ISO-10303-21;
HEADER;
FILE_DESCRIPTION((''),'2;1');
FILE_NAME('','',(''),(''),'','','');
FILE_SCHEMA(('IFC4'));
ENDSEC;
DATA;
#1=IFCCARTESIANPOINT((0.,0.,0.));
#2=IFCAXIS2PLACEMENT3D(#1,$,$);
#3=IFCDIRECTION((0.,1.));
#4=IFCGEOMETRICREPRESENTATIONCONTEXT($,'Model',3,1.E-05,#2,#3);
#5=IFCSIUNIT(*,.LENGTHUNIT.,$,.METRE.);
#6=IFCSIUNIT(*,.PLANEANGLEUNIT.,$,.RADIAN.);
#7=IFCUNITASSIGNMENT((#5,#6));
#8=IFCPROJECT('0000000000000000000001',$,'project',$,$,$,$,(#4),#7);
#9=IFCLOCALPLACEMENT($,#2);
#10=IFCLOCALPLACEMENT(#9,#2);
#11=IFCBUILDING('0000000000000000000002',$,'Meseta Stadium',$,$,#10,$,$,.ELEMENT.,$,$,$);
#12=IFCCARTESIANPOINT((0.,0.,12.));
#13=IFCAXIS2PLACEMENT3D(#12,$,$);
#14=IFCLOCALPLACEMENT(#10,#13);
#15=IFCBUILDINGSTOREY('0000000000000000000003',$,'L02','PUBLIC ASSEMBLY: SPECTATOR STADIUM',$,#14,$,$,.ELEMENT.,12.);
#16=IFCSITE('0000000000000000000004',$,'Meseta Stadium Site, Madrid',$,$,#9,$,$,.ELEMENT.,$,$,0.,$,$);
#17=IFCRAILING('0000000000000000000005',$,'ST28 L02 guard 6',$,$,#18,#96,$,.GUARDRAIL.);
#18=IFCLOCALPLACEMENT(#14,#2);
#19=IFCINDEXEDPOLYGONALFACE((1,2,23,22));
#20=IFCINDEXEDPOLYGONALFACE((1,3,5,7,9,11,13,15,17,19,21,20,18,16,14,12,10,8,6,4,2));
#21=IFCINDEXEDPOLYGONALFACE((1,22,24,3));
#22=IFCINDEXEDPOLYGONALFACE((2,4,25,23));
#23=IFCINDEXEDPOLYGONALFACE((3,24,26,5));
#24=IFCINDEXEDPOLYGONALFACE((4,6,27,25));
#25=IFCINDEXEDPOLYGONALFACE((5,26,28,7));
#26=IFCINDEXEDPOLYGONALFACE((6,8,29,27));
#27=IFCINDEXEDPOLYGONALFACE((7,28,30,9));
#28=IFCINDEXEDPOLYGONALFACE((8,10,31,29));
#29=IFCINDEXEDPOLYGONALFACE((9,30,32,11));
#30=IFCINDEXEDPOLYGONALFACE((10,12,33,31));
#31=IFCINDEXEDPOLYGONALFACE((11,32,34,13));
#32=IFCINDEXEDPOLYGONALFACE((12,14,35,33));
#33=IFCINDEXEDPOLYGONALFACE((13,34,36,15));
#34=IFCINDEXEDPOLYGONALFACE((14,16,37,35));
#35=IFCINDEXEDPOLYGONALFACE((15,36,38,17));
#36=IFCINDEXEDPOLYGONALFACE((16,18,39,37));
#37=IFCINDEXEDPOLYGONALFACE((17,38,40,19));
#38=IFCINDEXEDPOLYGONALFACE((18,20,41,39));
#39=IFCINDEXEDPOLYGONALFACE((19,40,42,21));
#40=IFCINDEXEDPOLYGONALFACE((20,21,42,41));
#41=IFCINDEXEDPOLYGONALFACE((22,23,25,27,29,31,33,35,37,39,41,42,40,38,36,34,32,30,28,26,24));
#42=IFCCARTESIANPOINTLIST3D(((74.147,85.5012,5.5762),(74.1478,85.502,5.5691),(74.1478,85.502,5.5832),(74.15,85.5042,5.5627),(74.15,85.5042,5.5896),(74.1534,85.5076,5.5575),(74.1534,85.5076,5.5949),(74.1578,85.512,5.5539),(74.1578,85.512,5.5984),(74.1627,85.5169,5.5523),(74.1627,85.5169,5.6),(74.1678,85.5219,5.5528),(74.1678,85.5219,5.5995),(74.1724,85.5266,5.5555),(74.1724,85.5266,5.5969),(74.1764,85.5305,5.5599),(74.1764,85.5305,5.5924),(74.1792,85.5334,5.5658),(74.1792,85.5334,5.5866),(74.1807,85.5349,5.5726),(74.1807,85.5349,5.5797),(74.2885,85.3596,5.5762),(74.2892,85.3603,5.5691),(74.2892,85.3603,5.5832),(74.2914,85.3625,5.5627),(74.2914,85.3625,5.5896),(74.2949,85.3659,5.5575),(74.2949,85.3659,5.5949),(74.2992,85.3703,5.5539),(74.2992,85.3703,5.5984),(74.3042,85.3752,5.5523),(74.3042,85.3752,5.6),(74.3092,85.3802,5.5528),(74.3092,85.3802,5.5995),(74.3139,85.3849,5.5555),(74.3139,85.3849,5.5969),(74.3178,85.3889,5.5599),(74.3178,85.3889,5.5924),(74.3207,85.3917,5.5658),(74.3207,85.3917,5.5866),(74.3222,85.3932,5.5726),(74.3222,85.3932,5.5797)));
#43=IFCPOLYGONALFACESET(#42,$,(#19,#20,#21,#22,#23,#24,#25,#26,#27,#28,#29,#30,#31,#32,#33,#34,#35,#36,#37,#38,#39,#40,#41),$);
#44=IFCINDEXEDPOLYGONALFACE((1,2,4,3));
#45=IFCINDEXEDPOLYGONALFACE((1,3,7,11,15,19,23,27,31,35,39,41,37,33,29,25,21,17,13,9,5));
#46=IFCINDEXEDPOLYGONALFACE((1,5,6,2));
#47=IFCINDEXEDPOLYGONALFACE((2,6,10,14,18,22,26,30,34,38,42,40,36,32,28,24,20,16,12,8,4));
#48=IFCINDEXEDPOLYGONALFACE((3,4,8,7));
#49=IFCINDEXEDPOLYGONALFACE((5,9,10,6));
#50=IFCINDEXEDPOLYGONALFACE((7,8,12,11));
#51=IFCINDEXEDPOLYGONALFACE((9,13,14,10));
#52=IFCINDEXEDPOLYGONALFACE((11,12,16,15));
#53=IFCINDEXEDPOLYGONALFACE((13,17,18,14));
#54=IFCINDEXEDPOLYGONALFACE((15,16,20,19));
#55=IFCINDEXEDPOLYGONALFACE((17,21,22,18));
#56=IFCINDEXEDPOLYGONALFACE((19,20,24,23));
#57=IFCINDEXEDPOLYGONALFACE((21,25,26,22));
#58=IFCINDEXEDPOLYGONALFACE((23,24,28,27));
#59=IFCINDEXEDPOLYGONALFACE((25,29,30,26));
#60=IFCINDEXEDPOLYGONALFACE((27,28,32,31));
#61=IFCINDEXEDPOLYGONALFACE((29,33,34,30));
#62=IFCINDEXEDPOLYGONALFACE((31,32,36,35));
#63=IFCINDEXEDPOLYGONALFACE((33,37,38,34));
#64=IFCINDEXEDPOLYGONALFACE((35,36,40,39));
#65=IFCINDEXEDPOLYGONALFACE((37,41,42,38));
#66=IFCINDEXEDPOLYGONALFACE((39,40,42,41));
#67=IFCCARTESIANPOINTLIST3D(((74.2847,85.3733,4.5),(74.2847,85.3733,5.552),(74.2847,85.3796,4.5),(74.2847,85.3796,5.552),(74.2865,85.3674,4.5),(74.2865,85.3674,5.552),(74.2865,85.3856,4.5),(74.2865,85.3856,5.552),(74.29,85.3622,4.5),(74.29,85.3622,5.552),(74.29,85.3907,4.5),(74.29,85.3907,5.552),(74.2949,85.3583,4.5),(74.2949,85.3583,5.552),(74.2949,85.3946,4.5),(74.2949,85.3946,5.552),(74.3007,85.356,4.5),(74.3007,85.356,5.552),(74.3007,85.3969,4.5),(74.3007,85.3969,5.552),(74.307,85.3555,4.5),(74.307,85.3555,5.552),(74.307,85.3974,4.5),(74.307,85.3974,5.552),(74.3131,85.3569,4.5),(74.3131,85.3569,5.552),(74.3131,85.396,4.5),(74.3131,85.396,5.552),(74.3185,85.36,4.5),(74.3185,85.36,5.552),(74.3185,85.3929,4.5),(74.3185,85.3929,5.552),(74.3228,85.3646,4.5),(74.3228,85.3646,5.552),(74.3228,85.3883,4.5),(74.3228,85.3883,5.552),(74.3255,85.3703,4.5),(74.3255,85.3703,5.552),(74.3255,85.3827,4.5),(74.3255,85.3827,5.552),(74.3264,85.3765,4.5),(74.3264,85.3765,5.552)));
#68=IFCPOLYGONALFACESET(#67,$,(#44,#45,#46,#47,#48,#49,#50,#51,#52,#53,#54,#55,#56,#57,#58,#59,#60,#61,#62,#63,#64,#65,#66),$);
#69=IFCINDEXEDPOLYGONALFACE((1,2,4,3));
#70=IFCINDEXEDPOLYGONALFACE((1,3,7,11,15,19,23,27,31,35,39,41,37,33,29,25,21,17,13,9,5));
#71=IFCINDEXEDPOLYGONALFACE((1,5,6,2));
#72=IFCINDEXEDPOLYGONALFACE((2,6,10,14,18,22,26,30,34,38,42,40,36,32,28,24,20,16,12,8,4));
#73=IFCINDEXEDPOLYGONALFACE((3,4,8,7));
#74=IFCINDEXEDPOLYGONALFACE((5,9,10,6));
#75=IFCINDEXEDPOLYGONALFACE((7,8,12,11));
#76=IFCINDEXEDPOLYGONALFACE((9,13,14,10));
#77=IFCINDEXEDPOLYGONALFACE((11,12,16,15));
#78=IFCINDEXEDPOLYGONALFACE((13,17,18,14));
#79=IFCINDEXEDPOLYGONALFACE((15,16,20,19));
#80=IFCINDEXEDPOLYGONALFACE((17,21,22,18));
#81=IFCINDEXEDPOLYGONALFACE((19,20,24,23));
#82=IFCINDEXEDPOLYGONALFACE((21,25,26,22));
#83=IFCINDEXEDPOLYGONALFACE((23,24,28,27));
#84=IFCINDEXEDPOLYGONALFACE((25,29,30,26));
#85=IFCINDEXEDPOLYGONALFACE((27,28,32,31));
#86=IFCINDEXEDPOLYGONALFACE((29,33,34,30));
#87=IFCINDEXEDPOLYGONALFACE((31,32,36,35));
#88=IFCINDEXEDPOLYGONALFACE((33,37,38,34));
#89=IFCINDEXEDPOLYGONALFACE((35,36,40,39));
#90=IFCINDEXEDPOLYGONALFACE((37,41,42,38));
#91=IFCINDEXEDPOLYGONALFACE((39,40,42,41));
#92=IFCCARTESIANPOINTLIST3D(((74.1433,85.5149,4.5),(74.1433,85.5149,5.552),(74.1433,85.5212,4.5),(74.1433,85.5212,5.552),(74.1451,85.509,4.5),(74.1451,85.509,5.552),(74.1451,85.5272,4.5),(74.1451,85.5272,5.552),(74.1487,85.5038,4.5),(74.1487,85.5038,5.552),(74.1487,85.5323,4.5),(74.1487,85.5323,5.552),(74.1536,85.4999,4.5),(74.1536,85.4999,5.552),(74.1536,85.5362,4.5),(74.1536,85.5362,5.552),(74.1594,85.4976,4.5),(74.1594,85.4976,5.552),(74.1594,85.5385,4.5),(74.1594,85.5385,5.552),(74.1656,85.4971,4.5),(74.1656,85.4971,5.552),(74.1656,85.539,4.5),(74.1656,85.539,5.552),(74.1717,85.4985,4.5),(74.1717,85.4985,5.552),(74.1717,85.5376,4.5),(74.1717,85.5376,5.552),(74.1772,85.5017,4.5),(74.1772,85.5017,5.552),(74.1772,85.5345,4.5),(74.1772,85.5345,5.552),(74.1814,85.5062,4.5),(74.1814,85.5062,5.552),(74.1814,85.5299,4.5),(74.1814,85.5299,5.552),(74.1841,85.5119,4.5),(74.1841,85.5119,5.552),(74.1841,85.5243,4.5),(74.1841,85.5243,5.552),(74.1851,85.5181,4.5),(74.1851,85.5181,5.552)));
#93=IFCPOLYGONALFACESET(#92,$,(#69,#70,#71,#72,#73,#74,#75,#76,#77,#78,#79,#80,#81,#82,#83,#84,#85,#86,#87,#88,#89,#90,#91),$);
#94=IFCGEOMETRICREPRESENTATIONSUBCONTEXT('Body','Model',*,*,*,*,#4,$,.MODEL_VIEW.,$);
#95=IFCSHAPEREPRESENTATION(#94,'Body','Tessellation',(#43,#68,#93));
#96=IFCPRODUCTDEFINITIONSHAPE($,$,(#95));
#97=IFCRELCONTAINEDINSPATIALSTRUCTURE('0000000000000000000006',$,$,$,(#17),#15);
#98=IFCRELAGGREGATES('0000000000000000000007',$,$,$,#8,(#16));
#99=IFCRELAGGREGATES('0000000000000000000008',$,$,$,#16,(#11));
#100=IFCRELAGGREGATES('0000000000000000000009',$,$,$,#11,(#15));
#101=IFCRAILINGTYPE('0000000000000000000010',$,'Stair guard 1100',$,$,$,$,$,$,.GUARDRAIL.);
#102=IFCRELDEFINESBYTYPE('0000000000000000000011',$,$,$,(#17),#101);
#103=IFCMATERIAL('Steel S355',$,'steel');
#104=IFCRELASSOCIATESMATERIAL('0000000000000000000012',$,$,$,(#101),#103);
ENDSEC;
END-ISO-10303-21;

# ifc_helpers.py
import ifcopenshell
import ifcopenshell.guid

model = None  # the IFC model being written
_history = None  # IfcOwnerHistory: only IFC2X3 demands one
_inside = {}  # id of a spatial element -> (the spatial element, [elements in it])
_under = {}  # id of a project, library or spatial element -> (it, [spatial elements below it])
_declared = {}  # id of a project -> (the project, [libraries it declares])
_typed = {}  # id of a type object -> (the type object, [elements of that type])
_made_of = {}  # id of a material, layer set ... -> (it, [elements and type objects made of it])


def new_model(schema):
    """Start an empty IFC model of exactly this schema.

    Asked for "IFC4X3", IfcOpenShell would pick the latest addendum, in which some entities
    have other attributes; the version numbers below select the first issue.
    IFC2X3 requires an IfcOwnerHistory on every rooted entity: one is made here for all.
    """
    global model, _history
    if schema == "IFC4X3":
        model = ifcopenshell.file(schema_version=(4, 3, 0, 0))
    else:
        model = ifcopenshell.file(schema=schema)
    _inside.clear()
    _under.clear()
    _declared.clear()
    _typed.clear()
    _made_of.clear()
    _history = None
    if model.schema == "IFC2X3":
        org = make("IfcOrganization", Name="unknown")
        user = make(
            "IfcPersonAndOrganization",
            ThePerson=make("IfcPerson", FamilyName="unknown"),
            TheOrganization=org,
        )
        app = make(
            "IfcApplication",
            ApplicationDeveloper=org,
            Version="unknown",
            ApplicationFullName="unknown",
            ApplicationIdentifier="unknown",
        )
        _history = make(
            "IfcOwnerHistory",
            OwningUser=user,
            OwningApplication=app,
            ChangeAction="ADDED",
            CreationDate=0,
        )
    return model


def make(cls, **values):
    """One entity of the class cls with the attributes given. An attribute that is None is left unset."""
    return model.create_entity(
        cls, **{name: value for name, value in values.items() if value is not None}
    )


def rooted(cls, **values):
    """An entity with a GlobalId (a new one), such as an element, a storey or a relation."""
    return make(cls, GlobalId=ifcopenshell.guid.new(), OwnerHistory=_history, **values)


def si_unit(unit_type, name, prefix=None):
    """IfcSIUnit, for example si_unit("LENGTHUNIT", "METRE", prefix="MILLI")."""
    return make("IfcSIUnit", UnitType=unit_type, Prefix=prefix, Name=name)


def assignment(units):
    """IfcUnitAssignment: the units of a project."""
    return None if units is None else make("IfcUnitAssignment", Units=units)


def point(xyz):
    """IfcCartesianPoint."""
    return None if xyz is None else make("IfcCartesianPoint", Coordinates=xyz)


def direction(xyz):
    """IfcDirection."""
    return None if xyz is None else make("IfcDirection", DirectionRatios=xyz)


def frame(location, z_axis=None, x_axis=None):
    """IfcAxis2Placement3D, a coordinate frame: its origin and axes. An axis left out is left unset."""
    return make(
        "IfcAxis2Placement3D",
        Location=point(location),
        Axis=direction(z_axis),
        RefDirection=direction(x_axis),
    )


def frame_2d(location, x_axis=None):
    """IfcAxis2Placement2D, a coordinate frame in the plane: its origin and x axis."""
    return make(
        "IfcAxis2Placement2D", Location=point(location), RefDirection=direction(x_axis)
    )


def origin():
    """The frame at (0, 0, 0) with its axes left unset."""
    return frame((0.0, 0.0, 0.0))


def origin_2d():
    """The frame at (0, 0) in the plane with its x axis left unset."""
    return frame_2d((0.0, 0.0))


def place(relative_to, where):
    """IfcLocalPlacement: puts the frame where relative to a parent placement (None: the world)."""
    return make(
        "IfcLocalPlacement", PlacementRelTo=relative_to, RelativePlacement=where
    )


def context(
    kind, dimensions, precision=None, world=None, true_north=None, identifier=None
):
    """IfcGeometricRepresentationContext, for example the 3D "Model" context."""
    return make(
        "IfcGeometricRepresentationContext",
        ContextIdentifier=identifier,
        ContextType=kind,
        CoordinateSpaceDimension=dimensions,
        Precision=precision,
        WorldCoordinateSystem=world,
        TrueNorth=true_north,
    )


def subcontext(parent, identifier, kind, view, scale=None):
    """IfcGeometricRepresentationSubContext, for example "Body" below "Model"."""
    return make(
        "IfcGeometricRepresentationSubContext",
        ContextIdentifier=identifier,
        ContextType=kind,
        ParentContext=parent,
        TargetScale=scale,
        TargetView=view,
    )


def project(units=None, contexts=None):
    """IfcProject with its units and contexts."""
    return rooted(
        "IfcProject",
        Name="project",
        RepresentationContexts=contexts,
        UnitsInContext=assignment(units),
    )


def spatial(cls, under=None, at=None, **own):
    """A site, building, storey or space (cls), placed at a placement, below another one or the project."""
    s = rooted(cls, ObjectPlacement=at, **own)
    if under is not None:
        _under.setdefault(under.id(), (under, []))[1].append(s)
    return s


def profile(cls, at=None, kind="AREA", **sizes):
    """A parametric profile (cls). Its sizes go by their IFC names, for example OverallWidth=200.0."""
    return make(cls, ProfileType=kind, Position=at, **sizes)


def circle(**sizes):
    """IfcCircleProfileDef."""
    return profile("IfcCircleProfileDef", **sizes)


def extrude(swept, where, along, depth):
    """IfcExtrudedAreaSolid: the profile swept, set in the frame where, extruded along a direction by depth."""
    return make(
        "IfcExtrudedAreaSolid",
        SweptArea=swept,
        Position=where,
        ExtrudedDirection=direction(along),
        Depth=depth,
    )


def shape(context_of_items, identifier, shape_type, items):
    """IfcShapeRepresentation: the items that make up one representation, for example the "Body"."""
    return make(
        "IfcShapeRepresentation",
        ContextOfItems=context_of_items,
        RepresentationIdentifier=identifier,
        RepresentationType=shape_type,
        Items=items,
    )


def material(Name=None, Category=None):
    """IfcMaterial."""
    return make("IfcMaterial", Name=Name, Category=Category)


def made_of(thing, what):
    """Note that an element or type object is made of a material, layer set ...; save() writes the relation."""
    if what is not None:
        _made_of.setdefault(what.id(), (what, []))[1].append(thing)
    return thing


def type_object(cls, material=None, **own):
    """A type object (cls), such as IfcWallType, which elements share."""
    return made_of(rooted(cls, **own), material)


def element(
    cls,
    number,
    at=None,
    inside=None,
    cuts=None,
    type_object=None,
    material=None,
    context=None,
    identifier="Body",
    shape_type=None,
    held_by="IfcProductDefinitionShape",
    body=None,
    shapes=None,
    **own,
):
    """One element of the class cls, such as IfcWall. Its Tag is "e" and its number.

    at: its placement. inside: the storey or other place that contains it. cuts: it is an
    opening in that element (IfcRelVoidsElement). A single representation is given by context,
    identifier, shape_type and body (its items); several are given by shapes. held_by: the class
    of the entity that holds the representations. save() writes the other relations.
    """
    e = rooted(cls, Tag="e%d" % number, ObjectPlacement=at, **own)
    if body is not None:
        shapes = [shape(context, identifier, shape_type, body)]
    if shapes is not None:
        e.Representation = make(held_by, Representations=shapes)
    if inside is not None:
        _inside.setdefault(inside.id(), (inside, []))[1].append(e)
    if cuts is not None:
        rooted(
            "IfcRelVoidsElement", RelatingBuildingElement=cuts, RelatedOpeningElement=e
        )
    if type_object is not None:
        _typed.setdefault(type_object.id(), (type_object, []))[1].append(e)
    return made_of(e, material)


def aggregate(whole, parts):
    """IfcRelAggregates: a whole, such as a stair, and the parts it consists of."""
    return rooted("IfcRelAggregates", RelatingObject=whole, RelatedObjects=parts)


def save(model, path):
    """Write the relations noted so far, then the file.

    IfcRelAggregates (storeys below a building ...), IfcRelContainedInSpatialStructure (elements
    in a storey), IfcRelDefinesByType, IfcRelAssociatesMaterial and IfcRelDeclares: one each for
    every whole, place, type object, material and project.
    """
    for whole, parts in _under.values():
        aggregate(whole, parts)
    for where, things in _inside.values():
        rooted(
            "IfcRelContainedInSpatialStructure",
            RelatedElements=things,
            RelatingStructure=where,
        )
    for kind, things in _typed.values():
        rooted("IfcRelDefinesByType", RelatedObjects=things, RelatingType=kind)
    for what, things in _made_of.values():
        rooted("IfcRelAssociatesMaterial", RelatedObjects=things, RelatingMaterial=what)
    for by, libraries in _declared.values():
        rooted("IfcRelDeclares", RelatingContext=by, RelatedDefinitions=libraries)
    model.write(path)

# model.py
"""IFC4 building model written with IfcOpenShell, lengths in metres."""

from ifc_helpers import new_model, si_unit, direction, frame, origin, origin_2d, place, context, subcontext, project, spatial, circle, extrude, material, type_object, element, save


model = new_model("IFC4")

# Units and contexts
model_context = context("Model", 3, precision=1e-05, world=origin(), true_north=direction((0.0, 1.0)))
body_context = subcontext(model_context, "Body", "Model", "MODEL_VIEW")
ifc_project = project(units=[si_unit("LENGTHUNIT", "METRE"), si_unit("PLANEANGLEUNIT", "RADIAN")], contexts=[model_context])

# Site, building, storey
site_placement = place(None, origin())
site = spatial("IfcSite", under=ifc_project, at=site_placement, Name="Meseta Stadium Site, Madrid", CompositionType="ELEMENT", RefElevation=0.0)
building_placement = place(site_placement, origin())
building = spatial("IfcBuilding", under=site, at=building_placement, Name="Meseta Stadium", CompositionType="ELEMENT")
storey_placement = place(building_placement, frame((0.0, 0.0, 12.0)))
storey = spatial("IfcBuildingStorey", under=building, at=storey_placement, Name="L02", Description="PUBLIC ASSEMBLY: SPECTATOR STADIUM", CompositionType="ELEMENT", Elevation=12.0)

# Railing
ifc_material_1 = material(Name="Steel S355", Category="steel")
railing_type_1 = type_object("IfcRailingType", Name="Stair guard 1100", PredefinedType="GUARDRAIL", material=ifc_material_1)
railing_1_placement = place(storey_placement, frame((74.3054, 85.3765, 4.5)))
element("IfcRailing", 1, at=railing_1_placement, inside=storey, type_object=railing_type_1, Name="ST28 L02 guard 6", PredefinedType="GUARDRAIL", context=body_context, shape_type="SweptSolid", body=[
    extrude(circle(Radius=0.0239, at=origin_2d()), frame((0.0, 0.0, 1.0762), z_axis=(-0.706496, 0.707717, 0.0), x_axis=(-0.707717, -0.706496, 0.0)), (0.0, 0.0, 1.0), 0.2002),
    extrude(circle(Radius=0.021, at=origin_2d()), origin(), (0.0, 0.0, 1.0), 1.052),
    extrude(circle(Radius=0.021, at=origin_2d()), frame((-0.1414, 0.1416, 0.0)), (0.0, 0.0, 1.0), 1.052),
])

save(model, "model.ifc")
